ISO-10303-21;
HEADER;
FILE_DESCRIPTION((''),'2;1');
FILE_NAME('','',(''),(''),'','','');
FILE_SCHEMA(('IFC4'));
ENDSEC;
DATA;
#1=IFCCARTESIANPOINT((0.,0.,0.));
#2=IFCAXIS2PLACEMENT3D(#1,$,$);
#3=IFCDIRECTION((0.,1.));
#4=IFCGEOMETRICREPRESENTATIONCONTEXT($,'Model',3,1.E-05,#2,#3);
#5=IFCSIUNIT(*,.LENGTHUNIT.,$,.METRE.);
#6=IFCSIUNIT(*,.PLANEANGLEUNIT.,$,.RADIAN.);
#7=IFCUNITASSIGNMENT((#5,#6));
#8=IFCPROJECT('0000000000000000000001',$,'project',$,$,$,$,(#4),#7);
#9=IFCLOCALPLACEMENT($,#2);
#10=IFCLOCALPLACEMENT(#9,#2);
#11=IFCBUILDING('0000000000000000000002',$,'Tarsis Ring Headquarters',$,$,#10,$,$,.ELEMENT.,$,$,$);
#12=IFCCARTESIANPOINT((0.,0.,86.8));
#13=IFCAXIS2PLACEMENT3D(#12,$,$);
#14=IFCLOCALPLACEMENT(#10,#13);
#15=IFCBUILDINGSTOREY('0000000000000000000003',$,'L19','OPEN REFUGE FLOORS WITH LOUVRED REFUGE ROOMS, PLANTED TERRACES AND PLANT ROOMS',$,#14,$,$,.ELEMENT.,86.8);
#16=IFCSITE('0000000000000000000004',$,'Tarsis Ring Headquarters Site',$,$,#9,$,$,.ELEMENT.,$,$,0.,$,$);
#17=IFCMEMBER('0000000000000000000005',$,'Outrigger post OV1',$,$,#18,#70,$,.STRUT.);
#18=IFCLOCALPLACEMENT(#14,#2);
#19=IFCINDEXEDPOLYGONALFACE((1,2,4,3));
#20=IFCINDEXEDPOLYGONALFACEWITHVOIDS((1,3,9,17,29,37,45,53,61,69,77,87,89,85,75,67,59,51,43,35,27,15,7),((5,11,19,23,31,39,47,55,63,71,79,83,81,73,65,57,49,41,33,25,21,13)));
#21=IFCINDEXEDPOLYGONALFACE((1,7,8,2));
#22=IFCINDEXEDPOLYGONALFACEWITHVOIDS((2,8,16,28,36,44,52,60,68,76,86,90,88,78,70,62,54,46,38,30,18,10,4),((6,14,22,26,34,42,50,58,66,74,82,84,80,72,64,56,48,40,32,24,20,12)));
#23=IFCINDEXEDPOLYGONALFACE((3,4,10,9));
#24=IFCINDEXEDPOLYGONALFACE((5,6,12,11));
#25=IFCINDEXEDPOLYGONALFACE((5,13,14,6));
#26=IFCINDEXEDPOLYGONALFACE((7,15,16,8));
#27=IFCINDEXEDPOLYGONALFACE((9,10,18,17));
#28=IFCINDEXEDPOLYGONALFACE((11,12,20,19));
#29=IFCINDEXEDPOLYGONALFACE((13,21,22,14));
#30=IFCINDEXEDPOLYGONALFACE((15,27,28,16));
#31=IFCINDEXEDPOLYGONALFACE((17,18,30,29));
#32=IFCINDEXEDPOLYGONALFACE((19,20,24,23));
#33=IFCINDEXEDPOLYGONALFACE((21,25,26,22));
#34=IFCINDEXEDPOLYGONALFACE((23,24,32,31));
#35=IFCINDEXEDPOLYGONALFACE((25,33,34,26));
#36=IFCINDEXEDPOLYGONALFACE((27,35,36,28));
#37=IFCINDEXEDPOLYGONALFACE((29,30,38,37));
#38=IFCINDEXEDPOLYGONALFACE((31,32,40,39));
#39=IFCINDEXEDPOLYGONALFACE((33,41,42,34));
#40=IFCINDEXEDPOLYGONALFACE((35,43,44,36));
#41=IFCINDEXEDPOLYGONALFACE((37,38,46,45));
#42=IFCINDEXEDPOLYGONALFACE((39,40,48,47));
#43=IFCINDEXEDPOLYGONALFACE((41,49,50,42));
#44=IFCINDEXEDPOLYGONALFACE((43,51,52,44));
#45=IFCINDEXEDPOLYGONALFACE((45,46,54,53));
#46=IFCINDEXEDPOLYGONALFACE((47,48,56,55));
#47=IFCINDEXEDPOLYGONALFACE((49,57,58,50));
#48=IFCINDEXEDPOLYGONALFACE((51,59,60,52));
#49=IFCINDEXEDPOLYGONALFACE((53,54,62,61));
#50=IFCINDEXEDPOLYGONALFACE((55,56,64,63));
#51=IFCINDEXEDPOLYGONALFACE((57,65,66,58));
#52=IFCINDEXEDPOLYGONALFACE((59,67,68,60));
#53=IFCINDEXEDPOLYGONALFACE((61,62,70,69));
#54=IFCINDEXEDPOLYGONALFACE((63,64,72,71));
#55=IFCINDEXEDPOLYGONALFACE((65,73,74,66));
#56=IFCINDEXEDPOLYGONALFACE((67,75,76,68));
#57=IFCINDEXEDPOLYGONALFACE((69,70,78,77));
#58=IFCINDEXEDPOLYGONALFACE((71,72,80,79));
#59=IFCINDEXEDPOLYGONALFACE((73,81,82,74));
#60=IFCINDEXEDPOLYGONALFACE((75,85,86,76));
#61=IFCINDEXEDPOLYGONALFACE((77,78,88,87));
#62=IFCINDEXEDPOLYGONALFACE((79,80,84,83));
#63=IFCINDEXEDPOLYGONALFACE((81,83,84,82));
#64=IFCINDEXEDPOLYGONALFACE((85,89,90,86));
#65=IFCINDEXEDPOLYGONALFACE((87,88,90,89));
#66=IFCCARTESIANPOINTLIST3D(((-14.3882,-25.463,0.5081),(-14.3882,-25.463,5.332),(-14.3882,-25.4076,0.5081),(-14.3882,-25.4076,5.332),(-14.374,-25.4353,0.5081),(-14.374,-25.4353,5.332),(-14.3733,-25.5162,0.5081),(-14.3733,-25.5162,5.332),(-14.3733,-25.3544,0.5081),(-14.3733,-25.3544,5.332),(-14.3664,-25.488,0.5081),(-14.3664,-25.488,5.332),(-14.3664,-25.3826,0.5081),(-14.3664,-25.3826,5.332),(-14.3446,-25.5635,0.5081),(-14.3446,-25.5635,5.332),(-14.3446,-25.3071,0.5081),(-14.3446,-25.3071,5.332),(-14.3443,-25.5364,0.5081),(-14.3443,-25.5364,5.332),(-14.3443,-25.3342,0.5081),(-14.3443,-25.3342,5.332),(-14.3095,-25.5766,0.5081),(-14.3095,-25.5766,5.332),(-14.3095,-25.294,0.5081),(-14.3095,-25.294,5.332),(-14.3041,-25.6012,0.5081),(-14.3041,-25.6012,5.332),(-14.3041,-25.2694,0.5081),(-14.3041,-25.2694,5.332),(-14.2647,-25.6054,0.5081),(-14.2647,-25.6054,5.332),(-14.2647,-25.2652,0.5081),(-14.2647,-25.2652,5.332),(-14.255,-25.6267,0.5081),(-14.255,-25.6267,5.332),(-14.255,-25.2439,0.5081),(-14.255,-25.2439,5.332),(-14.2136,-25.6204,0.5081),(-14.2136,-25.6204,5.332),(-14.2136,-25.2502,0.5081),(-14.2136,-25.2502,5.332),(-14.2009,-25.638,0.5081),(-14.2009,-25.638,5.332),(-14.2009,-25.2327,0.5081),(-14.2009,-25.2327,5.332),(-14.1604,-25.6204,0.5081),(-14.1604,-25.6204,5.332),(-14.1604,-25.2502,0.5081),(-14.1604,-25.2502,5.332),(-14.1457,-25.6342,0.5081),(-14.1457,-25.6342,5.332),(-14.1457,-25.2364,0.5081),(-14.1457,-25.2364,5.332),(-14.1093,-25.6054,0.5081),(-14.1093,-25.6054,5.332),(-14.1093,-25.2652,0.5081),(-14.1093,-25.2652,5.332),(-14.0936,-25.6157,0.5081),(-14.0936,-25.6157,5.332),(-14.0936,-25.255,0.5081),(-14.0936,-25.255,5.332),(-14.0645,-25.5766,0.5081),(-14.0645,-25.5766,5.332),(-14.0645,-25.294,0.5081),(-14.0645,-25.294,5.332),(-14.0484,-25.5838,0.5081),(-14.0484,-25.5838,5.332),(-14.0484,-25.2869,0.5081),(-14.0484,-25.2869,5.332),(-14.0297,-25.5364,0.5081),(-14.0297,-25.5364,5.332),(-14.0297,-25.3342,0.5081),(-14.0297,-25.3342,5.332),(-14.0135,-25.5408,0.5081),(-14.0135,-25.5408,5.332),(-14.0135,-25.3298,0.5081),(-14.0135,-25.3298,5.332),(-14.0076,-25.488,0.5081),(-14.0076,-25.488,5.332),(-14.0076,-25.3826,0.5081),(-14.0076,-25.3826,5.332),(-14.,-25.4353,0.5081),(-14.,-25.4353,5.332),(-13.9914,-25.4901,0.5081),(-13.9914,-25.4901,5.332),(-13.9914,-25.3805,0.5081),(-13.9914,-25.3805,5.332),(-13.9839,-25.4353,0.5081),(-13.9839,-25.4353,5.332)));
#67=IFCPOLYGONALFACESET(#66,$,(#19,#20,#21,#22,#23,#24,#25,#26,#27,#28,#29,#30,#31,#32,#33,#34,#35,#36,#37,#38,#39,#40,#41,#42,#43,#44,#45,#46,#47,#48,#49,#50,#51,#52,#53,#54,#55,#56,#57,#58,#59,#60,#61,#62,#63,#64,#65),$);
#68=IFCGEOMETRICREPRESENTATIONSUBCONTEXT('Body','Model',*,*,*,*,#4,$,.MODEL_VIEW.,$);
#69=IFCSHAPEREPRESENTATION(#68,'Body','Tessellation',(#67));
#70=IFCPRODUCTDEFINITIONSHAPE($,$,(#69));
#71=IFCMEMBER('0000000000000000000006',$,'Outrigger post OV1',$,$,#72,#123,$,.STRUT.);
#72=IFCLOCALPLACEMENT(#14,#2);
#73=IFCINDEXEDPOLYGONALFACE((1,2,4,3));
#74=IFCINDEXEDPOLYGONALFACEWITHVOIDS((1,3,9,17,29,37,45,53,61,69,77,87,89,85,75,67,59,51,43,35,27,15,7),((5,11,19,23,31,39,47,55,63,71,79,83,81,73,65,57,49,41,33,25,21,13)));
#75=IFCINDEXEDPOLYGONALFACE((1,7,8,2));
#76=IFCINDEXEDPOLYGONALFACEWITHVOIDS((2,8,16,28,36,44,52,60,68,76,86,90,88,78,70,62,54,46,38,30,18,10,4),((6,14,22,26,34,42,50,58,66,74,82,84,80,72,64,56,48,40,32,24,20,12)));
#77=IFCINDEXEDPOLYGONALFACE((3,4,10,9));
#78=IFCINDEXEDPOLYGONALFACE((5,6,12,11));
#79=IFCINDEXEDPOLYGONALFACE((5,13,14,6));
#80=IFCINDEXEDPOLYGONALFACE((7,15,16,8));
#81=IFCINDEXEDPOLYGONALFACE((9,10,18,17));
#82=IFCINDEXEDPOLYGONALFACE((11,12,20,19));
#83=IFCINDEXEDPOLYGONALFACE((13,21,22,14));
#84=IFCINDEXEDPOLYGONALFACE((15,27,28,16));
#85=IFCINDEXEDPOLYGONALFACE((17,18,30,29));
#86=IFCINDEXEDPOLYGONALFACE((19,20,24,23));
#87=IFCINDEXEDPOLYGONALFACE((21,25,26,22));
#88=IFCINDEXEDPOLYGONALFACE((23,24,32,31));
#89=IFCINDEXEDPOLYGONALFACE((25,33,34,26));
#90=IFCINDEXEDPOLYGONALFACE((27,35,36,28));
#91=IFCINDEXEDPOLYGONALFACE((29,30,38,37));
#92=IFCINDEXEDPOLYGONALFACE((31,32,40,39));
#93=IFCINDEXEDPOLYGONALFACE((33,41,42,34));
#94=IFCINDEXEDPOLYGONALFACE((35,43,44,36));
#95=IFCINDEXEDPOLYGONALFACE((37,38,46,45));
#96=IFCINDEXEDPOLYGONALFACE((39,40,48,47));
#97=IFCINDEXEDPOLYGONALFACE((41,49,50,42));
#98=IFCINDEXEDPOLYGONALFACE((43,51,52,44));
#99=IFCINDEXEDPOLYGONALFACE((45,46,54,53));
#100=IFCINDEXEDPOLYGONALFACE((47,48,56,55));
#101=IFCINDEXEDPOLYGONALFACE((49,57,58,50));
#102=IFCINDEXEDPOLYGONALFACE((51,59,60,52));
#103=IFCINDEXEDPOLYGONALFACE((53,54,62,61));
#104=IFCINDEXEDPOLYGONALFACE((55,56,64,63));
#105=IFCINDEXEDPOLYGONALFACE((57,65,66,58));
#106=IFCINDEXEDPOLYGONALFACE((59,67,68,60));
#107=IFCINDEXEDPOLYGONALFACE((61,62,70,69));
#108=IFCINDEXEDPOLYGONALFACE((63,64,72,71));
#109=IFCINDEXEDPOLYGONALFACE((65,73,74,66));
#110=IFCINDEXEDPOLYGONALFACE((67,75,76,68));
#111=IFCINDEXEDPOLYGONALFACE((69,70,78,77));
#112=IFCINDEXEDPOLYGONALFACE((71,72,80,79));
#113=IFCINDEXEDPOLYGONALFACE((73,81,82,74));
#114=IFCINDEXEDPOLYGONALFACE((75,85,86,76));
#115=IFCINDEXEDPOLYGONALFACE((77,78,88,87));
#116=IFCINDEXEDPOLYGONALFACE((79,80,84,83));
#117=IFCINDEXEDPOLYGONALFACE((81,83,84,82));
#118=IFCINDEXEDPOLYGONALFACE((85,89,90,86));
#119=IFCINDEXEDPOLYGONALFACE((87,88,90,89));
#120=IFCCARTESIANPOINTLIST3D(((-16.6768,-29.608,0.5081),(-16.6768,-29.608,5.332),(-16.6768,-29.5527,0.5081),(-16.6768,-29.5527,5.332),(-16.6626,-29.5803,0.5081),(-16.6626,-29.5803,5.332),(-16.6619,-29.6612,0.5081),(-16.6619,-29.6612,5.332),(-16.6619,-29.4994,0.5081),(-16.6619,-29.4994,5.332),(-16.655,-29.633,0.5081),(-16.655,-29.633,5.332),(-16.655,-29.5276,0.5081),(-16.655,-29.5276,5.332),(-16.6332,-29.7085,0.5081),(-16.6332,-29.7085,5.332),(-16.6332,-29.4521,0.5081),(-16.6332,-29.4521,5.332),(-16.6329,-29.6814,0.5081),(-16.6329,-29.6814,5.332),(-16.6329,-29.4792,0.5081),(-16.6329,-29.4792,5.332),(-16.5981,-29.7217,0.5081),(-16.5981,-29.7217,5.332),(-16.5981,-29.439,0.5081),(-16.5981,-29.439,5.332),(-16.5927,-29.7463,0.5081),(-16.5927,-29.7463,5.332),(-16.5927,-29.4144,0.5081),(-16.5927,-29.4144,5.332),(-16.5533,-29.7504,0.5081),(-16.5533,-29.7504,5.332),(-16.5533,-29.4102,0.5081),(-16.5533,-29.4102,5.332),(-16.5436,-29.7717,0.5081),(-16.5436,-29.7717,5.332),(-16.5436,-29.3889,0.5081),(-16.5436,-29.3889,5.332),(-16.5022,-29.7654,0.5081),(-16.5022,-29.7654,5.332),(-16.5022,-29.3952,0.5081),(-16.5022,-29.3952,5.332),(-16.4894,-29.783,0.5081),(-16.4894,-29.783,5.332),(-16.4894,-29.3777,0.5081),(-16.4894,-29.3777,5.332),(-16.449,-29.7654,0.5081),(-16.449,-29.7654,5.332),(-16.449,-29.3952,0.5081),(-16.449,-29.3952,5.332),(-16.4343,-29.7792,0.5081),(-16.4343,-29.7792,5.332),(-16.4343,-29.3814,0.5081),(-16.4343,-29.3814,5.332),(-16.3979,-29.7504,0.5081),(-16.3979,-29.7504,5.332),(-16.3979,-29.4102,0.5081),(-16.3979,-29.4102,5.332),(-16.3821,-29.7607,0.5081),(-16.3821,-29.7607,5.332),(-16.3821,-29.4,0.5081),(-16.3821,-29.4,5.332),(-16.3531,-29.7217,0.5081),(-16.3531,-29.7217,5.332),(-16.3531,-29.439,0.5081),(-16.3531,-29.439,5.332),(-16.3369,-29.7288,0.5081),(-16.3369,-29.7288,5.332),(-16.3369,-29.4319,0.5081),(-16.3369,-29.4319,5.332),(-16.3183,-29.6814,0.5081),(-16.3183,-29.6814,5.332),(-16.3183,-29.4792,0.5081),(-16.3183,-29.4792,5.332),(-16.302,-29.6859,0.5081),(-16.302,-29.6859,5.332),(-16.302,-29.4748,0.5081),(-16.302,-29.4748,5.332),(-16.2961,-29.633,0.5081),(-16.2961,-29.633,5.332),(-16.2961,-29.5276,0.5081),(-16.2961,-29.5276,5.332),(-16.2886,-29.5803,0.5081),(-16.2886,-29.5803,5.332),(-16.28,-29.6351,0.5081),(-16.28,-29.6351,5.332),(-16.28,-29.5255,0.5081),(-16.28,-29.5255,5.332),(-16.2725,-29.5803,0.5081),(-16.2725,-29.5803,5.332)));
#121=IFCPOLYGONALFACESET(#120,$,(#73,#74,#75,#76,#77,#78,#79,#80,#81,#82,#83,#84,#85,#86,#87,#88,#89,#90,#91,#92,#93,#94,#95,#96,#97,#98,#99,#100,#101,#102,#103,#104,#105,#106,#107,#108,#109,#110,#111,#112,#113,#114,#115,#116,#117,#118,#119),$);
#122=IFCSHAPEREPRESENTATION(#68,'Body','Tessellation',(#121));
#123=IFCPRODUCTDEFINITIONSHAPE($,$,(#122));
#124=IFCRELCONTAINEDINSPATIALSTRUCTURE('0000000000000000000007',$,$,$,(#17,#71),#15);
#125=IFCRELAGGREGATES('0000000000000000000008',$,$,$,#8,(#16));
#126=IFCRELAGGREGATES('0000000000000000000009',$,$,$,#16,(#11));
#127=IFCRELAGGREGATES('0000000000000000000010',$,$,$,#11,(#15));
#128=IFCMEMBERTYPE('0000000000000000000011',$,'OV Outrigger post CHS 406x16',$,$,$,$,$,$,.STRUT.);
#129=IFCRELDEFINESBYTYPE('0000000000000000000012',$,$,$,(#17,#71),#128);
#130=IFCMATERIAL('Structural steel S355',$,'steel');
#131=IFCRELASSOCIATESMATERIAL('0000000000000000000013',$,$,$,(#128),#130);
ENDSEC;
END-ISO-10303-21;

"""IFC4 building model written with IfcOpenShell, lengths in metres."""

from ifc_helpers import new_model, si_unit, direction, frame, origin, origin_2d, place, context, subcontext, project, spatial, hollow_circle, extrude, material, material_profile, profile_set, type_object, element, save


model = new_model("IFC4")

# Units and contexts
model_context = context("Model", 3, precision=1e-05, world=origin(), true_north=direction((0.0, 1.0)))
body_context = subcontext(model_context, "Body", "Model", "MODEL_VIEW")
ifc_project = project(units=[si_unit("LENGTHUNIT", "METRE"), si_unit("PLANEANGLEUNIT", "RADIAN")], contexts=[model_context])

# Site, building, storey
site_placement = place(None, origin())
site = spatial("IfcSite", under=ifc_project, at=site_placement, Name="Tarsis Ring Headquarters Site", CompositionType="ELEMENT", RefElevation=0.0)
building_placement = place(site_placement, origin())
building = spatial("IfcBuilding", under=site, at=building_placement, Name="Tarsis Ring Headquarters", CompositionType="ELEMENT")
storey_placement = place(building_placement, frame((0.0, 0.0, 86.8)))
storey = spatial("IfcBuildingStorey", under=building, at=storey_placement, Name="L19", Description="OPEN REFUGE FLOORS WITH LOUVRED REFUGE ROOMS, PLANTED TERRACES AND PLANT ROOMS", CompositionType="ELEMENT", Elevation=86.8)

# Shared definitions
ifc_material_1 = material(Name="Structural steel S355", Category="steel")

# Members
ifc_material_profile_1 = material_profile(ifc_material_1, hollow_circle(Radius=0.2031, WallThickness=0.0161, at=origin_2d()), Name="CHS 406x16")
ifc_profile_set_1 = profile_set([ifc_material_profile_1], Name="Structural steel S355")
member_type_1 = type_object("IfcMemberType", Name="OV Outrigger post CHS 406x16", PredefinedType="STRUT", material=ifc_profile_set_1)
for number, where, z_axis, x_axis, name in (
    (1, (-14.187, -25.4353, 0.5081), (0.0, 0.0, 1.0), (1.0, 0.0, 0.0), "Outrigger post OV1"),
    (2, (-16.4756, -29.5803, 0.5081), (0.0, 0.0, 1.0), (1.0, 0.0, 0.0), "Outrigger post OV1"),
):
    element("IfcMember", number, at=place(storey_placement, frame(where, z_axis=z_axis, x_axis=x_axis)), inside=storey, type_object=member_type_1, Name=name, PredefinedType="STRUT", context=body_context, shape_type="SweptSolid", body=[
        extrude(hollow_circle(Radius=0.2031, WallThickness=0.0161, at=origin_2d()), origin(), (0.0, 0.0, 1.0), 4.824),
    ])

save(model, "model.ifc")
